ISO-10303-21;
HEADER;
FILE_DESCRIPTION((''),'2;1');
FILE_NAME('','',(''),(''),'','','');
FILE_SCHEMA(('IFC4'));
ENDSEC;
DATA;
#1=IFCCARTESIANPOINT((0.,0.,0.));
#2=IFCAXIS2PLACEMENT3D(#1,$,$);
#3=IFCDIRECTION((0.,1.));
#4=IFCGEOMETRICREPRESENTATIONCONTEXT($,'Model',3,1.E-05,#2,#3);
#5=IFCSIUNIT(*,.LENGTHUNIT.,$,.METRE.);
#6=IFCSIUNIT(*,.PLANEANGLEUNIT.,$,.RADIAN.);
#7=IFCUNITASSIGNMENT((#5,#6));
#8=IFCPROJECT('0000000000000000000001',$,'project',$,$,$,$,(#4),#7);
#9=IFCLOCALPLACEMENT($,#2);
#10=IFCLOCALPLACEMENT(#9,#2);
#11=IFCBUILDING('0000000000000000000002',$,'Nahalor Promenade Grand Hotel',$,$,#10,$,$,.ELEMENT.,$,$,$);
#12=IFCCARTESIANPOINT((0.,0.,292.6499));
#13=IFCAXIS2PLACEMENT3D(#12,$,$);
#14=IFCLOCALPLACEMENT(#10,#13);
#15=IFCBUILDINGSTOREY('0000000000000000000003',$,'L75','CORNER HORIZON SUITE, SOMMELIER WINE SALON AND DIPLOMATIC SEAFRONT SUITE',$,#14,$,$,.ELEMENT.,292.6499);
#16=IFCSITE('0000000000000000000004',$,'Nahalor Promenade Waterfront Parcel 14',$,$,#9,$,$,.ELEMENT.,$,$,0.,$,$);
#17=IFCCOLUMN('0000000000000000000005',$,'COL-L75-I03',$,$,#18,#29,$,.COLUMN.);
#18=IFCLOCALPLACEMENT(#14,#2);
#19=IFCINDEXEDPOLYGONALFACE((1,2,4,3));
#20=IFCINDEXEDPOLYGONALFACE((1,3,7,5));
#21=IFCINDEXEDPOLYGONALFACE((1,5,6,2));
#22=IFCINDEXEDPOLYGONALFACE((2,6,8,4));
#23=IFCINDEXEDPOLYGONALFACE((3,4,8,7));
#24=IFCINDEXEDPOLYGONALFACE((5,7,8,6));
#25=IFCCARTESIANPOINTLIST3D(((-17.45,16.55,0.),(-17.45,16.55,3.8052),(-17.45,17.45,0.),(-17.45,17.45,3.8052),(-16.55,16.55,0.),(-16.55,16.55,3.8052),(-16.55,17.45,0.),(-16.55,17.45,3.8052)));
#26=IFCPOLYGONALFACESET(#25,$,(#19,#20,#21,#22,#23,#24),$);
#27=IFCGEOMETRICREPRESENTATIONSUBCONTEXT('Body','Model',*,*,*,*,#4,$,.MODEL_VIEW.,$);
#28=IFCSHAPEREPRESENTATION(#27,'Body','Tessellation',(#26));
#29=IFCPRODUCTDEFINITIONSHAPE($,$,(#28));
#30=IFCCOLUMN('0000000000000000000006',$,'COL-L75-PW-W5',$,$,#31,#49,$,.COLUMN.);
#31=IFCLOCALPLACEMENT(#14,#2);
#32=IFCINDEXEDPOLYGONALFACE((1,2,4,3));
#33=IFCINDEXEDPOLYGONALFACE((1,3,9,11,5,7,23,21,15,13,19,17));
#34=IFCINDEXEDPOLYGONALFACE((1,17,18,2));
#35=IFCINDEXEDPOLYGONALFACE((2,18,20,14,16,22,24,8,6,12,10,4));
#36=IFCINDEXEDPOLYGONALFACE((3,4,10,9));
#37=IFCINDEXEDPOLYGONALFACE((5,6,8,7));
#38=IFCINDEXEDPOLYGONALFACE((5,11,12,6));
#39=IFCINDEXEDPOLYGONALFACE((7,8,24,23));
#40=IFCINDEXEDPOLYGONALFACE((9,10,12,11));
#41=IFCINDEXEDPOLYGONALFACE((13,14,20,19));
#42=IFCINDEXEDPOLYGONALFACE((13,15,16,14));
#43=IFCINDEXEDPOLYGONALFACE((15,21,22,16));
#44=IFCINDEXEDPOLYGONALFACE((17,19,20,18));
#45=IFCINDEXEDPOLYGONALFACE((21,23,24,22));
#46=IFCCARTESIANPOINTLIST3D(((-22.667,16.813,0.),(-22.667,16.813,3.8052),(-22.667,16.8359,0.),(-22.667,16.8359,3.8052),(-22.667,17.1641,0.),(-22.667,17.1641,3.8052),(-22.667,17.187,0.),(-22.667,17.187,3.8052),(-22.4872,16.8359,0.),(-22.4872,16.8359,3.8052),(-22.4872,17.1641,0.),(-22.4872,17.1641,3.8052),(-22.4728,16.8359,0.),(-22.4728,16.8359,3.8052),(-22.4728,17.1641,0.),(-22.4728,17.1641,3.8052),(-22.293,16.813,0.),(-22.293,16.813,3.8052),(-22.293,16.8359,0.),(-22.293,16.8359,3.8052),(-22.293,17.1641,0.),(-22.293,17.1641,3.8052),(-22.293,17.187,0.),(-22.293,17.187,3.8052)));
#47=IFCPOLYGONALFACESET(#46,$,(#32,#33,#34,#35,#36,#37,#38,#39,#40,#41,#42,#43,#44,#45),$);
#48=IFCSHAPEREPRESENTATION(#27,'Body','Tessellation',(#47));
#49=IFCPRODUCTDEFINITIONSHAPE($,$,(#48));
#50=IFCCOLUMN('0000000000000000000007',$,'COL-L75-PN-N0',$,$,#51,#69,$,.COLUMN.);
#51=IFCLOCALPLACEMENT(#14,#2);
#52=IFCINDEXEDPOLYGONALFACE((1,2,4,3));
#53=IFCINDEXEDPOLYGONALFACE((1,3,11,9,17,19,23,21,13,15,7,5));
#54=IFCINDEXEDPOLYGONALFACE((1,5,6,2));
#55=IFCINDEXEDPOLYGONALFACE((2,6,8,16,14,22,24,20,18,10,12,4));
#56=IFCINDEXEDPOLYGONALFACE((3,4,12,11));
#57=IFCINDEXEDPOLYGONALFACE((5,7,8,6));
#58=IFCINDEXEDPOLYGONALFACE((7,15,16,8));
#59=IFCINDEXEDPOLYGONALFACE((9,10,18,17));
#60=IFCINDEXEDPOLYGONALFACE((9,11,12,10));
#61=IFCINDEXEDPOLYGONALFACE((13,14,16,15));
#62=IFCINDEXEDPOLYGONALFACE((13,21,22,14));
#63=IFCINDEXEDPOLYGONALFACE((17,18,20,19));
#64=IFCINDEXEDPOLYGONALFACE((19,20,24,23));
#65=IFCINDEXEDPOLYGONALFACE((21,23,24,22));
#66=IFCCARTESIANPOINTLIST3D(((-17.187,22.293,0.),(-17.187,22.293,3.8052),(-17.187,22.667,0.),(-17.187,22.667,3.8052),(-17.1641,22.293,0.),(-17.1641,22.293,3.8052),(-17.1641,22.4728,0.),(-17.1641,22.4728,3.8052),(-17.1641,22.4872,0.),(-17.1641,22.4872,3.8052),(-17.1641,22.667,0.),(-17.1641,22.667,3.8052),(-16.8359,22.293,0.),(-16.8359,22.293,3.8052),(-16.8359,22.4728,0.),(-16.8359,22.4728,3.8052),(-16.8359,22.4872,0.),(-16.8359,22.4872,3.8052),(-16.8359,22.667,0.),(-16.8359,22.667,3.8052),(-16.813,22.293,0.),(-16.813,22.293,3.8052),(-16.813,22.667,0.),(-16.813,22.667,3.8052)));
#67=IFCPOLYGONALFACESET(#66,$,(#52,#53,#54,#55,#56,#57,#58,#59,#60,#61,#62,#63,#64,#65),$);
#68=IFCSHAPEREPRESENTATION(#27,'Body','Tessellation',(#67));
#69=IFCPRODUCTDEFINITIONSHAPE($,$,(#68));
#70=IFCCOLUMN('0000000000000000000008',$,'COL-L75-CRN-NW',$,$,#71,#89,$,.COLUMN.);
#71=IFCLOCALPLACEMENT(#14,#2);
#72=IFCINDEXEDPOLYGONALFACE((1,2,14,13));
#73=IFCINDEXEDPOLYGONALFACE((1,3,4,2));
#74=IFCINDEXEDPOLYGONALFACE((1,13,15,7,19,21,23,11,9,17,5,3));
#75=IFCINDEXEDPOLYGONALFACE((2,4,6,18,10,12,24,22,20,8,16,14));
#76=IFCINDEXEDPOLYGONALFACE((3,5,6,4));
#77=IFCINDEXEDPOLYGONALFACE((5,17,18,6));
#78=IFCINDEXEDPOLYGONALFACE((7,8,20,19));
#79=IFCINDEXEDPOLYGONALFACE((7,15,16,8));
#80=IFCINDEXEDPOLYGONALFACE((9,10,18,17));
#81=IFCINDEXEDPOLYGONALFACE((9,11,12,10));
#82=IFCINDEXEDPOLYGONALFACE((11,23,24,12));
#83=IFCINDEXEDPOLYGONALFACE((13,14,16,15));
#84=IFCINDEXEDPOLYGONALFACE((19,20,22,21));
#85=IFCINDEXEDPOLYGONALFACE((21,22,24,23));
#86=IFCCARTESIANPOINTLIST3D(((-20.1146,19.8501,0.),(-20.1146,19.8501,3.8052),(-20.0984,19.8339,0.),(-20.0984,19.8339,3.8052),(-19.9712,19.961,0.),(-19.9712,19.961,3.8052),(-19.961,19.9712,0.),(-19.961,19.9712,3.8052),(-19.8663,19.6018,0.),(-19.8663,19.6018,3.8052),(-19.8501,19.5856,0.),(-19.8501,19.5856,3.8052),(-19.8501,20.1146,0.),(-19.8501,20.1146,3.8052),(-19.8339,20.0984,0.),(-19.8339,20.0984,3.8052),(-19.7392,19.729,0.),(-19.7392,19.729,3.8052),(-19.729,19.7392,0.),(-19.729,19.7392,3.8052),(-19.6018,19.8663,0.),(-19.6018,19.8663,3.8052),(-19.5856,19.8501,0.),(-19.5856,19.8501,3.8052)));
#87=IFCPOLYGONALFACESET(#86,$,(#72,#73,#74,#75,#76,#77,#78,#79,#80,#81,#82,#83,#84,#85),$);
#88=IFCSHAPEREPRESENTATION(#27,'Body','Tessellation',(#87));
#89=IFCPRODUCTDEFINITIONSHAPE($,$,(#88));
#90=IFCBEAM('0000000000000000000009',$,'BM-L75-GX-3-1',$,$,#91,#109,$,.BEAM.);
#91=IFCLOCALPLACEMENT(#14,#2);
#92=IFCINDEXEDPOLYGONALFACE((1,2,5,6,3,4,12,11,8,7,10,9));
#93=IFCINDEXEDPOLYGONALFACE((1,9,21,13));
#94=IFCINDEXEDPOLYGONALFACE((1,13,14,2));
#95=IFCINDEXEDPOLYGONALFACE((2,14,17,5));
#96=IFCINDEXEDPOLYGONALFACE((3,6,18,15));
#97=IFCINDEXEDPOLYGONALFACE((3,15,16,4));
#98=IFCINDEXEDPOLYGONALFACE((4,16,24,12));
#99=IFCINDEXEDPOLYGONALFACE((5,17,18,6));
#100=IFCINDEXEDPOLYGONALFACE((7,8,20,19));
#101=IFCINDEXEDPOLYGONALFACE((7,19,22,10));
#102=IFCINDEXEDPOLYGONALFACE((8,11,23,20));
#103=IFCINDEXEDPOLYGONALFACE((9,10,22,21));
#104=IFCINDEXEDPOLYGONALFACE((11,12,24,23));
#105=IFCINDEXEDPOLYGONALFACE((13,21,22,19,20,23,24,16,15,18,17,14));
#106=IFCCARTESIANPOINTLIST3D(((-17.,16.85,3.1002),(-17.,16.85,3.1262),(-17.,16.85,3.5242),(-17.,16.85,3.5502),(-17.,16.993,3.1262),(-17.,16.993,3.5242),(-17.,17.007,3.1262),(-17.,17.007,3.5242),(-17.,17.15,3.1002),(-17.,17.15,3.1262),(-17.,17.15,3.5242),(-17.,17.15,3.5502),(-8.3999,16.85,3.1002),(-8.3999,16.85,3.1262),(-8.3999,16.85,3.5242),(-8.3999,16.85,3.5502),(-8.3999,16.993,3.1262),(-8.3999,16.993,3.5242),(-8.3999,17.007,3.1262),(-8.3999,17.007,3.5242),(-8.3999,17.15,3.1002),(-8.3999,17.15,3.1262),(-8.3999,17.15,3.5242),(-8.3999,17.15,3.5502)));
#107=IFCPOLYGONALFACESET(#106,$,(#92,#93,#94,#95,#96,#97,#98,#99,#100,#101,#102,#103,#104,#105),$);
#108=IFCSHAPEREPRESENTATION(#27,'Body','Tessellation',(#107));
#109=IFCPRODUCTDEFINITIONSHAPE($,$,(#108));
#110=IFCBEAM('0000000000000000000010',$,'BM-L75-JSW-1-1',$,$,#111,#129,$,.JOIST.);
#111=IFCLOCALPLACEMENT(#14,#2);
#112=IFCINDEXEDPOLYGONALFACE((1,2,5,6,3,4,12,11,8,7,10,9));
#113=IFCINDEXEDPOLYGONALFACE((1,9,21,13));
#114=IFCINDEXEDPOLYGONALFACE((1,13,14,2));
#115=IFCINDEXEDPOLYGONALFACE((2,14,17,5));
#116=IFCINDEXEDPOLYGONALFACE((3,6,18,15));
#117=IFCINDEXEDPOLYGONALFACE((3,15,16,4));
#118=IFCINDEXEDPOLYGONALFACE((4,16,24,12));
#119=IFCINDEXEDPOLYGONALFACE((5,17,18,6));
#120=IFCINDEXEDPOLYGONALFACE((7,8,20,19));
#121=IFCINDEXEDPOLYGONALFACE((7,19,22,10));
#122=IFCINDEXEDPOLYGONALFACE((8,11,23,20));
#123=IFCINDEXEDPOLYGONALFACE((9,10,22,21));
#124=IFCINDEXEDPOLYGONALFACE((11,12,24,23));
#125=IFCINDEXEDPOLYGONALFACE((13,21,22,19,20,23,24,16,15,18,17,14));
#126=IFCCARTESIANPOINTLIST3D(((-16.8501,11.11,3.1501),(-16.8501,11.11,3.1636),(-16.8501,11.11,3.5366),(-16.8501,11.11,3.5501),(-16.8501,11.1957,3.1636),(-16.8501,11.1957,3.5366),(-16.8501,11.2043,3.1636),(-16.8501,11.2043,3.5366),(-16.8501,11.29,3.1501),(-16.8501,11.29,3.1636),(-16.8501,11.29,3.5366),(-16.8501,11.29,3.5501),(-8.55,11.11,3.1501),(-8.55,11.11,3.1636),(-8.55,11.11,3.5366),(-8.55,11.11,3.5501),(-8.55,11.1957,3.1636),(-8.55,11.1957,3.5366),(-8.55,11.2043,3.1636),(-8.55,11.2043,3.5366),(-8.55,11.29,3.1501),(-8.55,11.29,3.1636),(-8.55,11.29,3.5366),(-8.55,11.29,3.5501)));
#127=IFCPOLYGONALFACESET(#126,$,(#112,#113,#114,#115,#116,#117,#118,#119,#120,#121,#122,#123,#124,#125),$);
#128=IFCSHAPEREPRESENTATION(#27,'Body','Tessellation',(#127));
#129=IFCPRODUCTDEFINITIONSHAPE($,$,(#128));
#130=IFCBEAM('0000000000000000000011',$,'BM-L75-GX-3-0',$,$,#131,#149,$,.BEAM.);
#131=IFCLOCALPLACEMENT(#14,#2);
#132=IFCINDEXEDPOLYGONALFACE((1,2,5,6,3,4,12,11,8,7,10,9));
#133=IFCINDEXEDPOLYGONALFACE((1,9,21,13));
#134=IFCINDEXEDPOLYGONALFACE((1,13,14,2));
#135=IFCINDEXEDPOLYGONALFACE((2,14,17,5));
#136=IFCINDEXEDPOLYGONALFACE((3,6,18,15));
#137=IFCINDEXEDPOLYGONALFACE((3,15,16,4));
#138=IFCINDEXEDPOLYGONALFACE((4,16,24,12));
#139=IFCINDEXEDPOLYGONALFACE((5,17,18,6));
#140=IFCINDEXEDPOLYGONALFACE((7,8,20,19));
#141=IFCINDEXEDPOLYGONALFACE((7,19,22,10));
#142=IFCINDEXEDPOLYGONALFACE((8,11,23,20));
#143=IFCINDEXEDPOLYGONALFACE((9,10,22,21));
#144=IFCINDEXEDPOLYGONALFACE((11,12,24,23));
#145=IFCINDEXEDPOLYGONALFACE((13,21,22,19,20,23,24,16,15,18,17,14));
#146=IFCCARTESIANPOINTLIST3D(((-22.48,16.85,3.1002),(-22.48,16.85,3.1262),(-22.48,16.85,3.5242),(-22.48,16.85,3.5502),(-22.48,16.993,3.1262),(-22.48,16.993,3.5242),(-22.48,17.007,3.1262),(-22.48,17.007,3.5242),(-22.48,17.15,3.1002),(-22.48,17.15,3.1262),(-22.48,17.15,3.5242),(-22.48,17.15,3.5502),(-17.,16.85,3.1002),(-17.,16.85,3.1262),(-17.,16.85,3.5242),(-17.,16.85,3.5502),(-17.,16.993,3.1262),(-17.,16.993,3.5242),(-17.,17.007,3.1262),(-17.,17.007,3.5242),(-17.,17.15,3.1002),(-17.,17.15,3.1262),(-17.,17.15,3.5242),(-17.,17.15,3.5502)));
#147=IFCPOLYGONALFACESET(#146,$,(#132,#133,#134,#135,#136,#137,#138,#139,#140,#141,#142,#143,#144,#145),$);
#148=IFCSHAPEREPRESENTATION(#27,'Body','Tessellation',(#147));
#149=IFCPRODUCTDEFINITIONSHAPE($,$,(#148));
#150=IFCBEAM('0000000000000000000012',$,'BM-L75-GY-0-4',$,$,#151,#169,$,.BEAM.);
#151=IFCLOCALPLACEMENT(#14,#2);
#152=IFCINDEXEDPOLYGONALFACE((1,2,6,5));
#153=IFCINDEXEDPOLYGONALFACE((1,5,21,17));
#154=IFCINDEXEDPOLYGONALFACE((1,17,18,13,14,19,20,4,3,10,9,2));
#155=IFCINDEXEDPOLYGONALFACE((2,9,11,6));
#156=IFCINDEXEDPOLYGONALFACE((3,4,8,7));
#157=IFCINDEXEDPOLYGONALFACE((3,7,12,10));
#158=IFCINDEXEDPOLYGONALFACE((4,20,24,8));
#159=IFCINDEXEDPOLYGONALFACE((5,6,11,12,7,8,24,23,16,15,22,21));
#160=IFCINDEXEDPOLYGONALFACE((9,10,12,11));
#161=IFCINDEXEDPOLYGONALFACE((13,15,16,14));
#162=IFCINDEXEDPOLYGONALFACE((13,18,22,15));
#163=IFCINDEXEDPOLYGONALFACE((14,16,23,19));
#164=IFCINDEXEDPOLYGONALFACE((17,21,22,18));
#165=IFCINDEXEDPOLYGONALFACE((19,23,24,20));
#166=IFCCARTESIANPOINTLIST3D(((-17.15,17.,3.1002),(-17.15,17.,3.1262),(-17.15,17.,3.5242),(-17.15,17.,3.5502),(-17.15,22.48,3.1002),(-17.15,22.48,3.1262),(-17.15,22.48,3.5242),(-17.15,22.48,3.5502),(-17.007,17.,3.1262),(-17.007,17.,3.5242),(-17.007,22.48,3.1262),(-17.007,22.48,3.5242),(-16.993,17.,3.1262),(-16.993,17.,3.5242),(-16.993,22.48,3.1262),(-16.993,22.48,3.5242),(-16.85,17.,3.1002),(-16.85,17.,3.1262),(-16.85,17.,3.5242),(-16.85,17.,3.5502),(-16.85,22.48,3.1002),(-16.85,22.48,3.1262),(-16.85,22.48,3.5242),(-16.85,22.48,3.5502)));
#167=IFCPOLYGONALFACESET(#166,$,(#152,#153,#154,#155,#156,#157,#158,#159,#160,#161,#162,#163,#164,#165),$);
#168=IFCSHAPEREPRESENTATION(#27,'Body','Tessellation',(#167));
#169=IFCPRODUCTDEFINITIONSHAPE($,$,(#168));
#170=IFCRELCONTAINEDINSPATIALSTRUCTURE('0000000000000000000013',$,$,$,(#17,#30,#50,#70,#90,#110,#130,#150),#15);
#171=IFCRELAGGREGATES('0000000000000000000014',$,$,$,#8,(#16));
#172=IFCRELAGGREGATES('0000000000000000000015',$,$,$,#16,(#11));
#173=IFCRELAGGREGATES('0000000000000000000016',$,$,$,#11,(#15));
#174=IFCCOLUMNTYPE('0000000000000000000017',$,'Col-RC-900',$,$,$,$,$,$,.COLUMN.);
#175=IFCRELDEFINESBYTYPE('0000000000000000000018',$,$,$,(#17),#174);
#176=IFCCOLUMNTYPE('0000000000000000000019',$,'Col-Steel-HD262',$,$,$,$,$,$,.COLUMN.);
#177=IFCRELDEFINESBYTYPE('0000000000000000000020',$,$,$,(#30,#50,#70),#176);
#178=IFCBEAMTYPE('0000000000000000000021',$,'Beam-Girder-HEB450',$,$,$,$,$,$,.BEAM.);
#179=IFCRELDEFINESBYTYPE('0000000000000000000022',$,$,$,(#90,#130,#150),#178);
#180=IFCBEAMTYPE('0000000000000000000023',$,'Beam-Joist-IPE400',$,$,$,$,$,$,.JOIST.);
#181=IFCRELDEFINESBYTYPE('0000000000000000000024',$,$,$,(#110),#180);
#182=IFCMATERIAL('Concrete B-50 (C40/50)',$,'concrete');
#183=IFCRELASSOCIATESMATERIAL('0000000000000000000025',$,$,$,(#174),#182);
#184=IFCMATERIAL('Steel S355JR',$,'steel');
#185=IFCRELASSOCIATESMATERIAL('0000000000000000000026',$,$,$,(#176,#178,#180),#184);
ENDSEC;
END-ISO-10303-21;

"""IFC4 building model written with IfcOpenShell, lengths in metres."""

from ifc_helpers import new_model, si_unit, direction, frame, origin, origin_2d, place, context, subcontext, project, spatial, rectangle, i_section, extrude, source, transform, mapped, material, material_profile, profile_set, type_object, element, save


model = new_model("IFC4")

# Units and contexts
model_context = context("Model", 3, precision=1e-05, world=origin(), true_north=direction((0.0, 1.0)))
body_context = subcontext(model_context, "Body", "Model", "MODEL_VIEW")
ifc_project = project(units=[si_unit("LENGTHUNIT", "METRE"), si_unit("PLANEANGLEUNIT", "RADIAN")], contexts=[model_context])

# Site, building, storey
site_placement = place(None, origin())
site = spatial("IfcSite", under=ifc_project, at=site_placement, Name="Nahalor Promenade Waterfront Parcel 14", CompositionType="ELEMENT", RefElevation=0.0)
building_placement = place(site_placement, origin())
building = spatial("IfcBuilding", under=site, at=building_placement, Name="Nahalor Promenade Grand Hotel", CompositionType="ELEMENT")
storey_placement = place(building_placement, frame((0.0, 0.0, 292.6499)))
storey = spatial("IfcBuildingStorey", under=building, at=storey_placement, Name="L75", Description="CORNER HORIZON SUITE, SOMMELIER WINE SALON AND DIPLOMATIC SEAFRONT SUITE", CompositionType="ELEMENT", Elevation=292.6499)

# Columns
ifc_material_1 = material(Name="Concrete B-50 (C40/50)", Category="concrete")
ifc_material_profile_1 = material_profile(ifc_material_1, rectangle(XDim=0.9, YDim=0.9, at=origin_2d()), Name="RC 900x900")
ifc_profile_set_1 = profile_set([ifc_material_profile_1], Name="Concrete B-50 (C40/50)")
column_type_1 = type_object("IfcColumnType", Name="Col-RC-900", PredefinedType="COLUMN", material=ifc_profile_set_1)
shared_shape_1 = source(origin(), body_context, "Body", "SweptSolid", [
    extrude(rectangle(XDim=0.9, YDim=0.9, at=origin_2d()), origin(), (0.0, 0.0, 1.0), 3.8052),
])
column_placement = place(storey_placement, frame((-17.0, 17.0, 0.0), z_axis=(0.0, 0.0, 1.0), x_axis=(1.0, 0.0, 0.0)))
element("IfcColumn", 1, at=column_placement, inside=storey, type_object=column_type_1, Name="COL-L75-I03", PredefinedType="COLUMN", context=body_context, shape_type="MappedRepresentation", body=[
    mapped(shared_shape_1, transform((0.0, 0.0, 0.0), scale=1.0)),
])
ifc_material_2 = material(Name="Steel S355JR", Category="steel")
ifc_material_profile_2 = material_profile(ifc_material_2, i_section(OverallWidth=0.374, OverallDepth=0.374, WebThickness=0.0144, FlangeThickness=0.0229, at=origin_2d()), Name="HD 360x262")
ifc_profile_set_2 = profile_set([ifc_material_profile_2], Name="Steel S355JR")
column_type_2 = type_object("IfcColumnType", Name="Col-Steel-HD262", PredefinedType="COLUMN", material=ifc_profile_set_2)
shared_shape_2 = source(origin(), body_context, "Body", "SweptSolid", [
    extrude(i_section(OverallWidth=0.374, OverallDepth=0.374, WebThickness=0.0144, FlangeThickness=0.0229, at=origin_2d()), origin(), (0.0, 0.0, 1.0), 3.8052),
])
for number, where, z_axis, x_axis, name in (
    (2, (-22.48, 17.0, 0.0), (0.0, 0.0, 1.0), (1.0, 0.0, 0.0), "COL-L75-PW-W5"),
    (3, (-17.0, 22.48, 0.0), (0.0, 0.0, 1.0), (0.0, 1.0, 0.0), "COL-L75-PN-N0"),
    (4, (-19.8501, 19.8501, 0.0), (0.0, 0.0, 1.0), (0.707107, 0.707107, 0.0), "COL-L75-CRN-NW"),
):
    element("IfcColumn", number, at=place(storey_placement, frame(where, z_axis=z_axis, x_axis=x_axis)), inside=storey, type_object=column_type_2, Name=name, PredefinedType="COLUMN", context=body_context, shape_type="MappedRepresentation", body=[
        mapped(shared_shape_2, transform((0.0, 0.0, 0.0), scale=1.0)),
    ])

# Beams
ifc_material_profile_3 = material_profile(ifc_material_2, i_section(OverallWidth=0.3, OverallDepth=0.45, WebThickness=0.014, FlangeThickness=0.026, at=origin_2d()), Name="HEB 450")
ifc_profile_set_3 = profile_set([ifc_material_profile_3], Name="Steel S355JR")
beam_type_1 = type_object("IfcBeamType", Name="Beam-Girder-HEB450", PredefinedType="BEAM", material=ifc_profile_set_3)
shared_shape_3 = source(origin(), body_context, "Body", "SweptSolid", [
    extrude(i_section(OverallWidth=0.3, OverallDepth=0.45, WebThickness=0.014, FlangeThickness=0.026, at=origin_2d()), origin(), (0.0, 0.0, 1.0), 8.6001),
])
beam_1_placement = place(storey_placement, frame((-17.0, 17.0, 3.3252), z_axis=(1.0, 0.0, 0.0), x_axis=(0.0, 1.0, 0.0)))
element("IfcBeam", 5, at=beam_1_placement, inside=storey, type_object=beam_type_1, Name="BM-L75-GX-3-1", PredefinedType="BEAM", context=body_context, shape_type="MappedRepresentation", body=[
    mapped(shared_shape_3, transform((0.0, 0.0, 0.0), scale=1.0)),
])
ifc_material_profile_4 = material_profile(ifc_material_2, i_section(OverallWidth=0.18, OverallDepth=0.4, WebThickness=0.0086, FlangeThickness=0.0135, at=origin_2d()), Name="IPE 400")
ifc_profile_set_4 = profile_set([ifc_material_profile_4], Name="Steel S355JR")
beam_type_2 = type_object("IfcBeamType", Name="Beam-Joist-IPE400", PredefinedType="JOIST", material=ifc_profile_set_4)
shared_shape_4 = source(origin(), body_context, "Body", "SweptSolid", [
    extrude(i_section(OverallWidth=0.18, OverallDepth=0.4, WebThickness=0.0086, FlangeThickness=0.0135, at=origin_2d()), origin(), (0.0, 0.0, 1.0), 8.3),
])
beam_2_placement = place(storey_placement, frame((-16.8501, 11.2, 3.3501), z_axis=(1.0, 0.0, 0.0), x_axis=(0.0, 1.0, 0.0)))
element("IfcBeam", 6, at=beam_2_placement, inside=storey, type_object=beam_type_2, Name="BM-L75-JSW-1-1", PredefinedType="JOIST", context=body_context, shape_type="MappedRepresentation", body=[
    mapped(shared_shape_4, transform((0.0, 0.0, 0.0), scale=1.0)),
])
shared_shape_5 = source(origin(), body_context, "Body", "SweptSolid", [
    extrude(i_section(OverallWidth=0.3, OverallDepth=0.45, WebThickness=0.014, FlangeThickness=0.026, at=origin_2d()), origin(), (0.0, 0.0, 1.0), 5.48),
])
for number, where, z_axis, x_axis, name in (
    (7, (-22.48, 17.0, 3.3252), (1.0, 0.0, 0.0), (0.0, 1.0, 0.0), "BM-L75-GX-3-0"),
    (8, (-17.0, 17.0, 3.3252), (0.0, 1.0, 0.0), (-1.0, 0.0, 0.0), "BM-L75-GY-0-4"),
):
    element("IfcBeam", number, at=place(storey_placement, frame(where, z_axis=z_axis, x_axis=x_axis)), inside=storey, type_object=beam_type_1, Name=name, PredefinedType="BEAM", context=body_context, shape_type="MappedRepresentation", body=[
        mapped(shared_shape_5, transform((0.0, 0.0, 0.0), scale=1.0)),
    ])

save(model, "model.ifc")
